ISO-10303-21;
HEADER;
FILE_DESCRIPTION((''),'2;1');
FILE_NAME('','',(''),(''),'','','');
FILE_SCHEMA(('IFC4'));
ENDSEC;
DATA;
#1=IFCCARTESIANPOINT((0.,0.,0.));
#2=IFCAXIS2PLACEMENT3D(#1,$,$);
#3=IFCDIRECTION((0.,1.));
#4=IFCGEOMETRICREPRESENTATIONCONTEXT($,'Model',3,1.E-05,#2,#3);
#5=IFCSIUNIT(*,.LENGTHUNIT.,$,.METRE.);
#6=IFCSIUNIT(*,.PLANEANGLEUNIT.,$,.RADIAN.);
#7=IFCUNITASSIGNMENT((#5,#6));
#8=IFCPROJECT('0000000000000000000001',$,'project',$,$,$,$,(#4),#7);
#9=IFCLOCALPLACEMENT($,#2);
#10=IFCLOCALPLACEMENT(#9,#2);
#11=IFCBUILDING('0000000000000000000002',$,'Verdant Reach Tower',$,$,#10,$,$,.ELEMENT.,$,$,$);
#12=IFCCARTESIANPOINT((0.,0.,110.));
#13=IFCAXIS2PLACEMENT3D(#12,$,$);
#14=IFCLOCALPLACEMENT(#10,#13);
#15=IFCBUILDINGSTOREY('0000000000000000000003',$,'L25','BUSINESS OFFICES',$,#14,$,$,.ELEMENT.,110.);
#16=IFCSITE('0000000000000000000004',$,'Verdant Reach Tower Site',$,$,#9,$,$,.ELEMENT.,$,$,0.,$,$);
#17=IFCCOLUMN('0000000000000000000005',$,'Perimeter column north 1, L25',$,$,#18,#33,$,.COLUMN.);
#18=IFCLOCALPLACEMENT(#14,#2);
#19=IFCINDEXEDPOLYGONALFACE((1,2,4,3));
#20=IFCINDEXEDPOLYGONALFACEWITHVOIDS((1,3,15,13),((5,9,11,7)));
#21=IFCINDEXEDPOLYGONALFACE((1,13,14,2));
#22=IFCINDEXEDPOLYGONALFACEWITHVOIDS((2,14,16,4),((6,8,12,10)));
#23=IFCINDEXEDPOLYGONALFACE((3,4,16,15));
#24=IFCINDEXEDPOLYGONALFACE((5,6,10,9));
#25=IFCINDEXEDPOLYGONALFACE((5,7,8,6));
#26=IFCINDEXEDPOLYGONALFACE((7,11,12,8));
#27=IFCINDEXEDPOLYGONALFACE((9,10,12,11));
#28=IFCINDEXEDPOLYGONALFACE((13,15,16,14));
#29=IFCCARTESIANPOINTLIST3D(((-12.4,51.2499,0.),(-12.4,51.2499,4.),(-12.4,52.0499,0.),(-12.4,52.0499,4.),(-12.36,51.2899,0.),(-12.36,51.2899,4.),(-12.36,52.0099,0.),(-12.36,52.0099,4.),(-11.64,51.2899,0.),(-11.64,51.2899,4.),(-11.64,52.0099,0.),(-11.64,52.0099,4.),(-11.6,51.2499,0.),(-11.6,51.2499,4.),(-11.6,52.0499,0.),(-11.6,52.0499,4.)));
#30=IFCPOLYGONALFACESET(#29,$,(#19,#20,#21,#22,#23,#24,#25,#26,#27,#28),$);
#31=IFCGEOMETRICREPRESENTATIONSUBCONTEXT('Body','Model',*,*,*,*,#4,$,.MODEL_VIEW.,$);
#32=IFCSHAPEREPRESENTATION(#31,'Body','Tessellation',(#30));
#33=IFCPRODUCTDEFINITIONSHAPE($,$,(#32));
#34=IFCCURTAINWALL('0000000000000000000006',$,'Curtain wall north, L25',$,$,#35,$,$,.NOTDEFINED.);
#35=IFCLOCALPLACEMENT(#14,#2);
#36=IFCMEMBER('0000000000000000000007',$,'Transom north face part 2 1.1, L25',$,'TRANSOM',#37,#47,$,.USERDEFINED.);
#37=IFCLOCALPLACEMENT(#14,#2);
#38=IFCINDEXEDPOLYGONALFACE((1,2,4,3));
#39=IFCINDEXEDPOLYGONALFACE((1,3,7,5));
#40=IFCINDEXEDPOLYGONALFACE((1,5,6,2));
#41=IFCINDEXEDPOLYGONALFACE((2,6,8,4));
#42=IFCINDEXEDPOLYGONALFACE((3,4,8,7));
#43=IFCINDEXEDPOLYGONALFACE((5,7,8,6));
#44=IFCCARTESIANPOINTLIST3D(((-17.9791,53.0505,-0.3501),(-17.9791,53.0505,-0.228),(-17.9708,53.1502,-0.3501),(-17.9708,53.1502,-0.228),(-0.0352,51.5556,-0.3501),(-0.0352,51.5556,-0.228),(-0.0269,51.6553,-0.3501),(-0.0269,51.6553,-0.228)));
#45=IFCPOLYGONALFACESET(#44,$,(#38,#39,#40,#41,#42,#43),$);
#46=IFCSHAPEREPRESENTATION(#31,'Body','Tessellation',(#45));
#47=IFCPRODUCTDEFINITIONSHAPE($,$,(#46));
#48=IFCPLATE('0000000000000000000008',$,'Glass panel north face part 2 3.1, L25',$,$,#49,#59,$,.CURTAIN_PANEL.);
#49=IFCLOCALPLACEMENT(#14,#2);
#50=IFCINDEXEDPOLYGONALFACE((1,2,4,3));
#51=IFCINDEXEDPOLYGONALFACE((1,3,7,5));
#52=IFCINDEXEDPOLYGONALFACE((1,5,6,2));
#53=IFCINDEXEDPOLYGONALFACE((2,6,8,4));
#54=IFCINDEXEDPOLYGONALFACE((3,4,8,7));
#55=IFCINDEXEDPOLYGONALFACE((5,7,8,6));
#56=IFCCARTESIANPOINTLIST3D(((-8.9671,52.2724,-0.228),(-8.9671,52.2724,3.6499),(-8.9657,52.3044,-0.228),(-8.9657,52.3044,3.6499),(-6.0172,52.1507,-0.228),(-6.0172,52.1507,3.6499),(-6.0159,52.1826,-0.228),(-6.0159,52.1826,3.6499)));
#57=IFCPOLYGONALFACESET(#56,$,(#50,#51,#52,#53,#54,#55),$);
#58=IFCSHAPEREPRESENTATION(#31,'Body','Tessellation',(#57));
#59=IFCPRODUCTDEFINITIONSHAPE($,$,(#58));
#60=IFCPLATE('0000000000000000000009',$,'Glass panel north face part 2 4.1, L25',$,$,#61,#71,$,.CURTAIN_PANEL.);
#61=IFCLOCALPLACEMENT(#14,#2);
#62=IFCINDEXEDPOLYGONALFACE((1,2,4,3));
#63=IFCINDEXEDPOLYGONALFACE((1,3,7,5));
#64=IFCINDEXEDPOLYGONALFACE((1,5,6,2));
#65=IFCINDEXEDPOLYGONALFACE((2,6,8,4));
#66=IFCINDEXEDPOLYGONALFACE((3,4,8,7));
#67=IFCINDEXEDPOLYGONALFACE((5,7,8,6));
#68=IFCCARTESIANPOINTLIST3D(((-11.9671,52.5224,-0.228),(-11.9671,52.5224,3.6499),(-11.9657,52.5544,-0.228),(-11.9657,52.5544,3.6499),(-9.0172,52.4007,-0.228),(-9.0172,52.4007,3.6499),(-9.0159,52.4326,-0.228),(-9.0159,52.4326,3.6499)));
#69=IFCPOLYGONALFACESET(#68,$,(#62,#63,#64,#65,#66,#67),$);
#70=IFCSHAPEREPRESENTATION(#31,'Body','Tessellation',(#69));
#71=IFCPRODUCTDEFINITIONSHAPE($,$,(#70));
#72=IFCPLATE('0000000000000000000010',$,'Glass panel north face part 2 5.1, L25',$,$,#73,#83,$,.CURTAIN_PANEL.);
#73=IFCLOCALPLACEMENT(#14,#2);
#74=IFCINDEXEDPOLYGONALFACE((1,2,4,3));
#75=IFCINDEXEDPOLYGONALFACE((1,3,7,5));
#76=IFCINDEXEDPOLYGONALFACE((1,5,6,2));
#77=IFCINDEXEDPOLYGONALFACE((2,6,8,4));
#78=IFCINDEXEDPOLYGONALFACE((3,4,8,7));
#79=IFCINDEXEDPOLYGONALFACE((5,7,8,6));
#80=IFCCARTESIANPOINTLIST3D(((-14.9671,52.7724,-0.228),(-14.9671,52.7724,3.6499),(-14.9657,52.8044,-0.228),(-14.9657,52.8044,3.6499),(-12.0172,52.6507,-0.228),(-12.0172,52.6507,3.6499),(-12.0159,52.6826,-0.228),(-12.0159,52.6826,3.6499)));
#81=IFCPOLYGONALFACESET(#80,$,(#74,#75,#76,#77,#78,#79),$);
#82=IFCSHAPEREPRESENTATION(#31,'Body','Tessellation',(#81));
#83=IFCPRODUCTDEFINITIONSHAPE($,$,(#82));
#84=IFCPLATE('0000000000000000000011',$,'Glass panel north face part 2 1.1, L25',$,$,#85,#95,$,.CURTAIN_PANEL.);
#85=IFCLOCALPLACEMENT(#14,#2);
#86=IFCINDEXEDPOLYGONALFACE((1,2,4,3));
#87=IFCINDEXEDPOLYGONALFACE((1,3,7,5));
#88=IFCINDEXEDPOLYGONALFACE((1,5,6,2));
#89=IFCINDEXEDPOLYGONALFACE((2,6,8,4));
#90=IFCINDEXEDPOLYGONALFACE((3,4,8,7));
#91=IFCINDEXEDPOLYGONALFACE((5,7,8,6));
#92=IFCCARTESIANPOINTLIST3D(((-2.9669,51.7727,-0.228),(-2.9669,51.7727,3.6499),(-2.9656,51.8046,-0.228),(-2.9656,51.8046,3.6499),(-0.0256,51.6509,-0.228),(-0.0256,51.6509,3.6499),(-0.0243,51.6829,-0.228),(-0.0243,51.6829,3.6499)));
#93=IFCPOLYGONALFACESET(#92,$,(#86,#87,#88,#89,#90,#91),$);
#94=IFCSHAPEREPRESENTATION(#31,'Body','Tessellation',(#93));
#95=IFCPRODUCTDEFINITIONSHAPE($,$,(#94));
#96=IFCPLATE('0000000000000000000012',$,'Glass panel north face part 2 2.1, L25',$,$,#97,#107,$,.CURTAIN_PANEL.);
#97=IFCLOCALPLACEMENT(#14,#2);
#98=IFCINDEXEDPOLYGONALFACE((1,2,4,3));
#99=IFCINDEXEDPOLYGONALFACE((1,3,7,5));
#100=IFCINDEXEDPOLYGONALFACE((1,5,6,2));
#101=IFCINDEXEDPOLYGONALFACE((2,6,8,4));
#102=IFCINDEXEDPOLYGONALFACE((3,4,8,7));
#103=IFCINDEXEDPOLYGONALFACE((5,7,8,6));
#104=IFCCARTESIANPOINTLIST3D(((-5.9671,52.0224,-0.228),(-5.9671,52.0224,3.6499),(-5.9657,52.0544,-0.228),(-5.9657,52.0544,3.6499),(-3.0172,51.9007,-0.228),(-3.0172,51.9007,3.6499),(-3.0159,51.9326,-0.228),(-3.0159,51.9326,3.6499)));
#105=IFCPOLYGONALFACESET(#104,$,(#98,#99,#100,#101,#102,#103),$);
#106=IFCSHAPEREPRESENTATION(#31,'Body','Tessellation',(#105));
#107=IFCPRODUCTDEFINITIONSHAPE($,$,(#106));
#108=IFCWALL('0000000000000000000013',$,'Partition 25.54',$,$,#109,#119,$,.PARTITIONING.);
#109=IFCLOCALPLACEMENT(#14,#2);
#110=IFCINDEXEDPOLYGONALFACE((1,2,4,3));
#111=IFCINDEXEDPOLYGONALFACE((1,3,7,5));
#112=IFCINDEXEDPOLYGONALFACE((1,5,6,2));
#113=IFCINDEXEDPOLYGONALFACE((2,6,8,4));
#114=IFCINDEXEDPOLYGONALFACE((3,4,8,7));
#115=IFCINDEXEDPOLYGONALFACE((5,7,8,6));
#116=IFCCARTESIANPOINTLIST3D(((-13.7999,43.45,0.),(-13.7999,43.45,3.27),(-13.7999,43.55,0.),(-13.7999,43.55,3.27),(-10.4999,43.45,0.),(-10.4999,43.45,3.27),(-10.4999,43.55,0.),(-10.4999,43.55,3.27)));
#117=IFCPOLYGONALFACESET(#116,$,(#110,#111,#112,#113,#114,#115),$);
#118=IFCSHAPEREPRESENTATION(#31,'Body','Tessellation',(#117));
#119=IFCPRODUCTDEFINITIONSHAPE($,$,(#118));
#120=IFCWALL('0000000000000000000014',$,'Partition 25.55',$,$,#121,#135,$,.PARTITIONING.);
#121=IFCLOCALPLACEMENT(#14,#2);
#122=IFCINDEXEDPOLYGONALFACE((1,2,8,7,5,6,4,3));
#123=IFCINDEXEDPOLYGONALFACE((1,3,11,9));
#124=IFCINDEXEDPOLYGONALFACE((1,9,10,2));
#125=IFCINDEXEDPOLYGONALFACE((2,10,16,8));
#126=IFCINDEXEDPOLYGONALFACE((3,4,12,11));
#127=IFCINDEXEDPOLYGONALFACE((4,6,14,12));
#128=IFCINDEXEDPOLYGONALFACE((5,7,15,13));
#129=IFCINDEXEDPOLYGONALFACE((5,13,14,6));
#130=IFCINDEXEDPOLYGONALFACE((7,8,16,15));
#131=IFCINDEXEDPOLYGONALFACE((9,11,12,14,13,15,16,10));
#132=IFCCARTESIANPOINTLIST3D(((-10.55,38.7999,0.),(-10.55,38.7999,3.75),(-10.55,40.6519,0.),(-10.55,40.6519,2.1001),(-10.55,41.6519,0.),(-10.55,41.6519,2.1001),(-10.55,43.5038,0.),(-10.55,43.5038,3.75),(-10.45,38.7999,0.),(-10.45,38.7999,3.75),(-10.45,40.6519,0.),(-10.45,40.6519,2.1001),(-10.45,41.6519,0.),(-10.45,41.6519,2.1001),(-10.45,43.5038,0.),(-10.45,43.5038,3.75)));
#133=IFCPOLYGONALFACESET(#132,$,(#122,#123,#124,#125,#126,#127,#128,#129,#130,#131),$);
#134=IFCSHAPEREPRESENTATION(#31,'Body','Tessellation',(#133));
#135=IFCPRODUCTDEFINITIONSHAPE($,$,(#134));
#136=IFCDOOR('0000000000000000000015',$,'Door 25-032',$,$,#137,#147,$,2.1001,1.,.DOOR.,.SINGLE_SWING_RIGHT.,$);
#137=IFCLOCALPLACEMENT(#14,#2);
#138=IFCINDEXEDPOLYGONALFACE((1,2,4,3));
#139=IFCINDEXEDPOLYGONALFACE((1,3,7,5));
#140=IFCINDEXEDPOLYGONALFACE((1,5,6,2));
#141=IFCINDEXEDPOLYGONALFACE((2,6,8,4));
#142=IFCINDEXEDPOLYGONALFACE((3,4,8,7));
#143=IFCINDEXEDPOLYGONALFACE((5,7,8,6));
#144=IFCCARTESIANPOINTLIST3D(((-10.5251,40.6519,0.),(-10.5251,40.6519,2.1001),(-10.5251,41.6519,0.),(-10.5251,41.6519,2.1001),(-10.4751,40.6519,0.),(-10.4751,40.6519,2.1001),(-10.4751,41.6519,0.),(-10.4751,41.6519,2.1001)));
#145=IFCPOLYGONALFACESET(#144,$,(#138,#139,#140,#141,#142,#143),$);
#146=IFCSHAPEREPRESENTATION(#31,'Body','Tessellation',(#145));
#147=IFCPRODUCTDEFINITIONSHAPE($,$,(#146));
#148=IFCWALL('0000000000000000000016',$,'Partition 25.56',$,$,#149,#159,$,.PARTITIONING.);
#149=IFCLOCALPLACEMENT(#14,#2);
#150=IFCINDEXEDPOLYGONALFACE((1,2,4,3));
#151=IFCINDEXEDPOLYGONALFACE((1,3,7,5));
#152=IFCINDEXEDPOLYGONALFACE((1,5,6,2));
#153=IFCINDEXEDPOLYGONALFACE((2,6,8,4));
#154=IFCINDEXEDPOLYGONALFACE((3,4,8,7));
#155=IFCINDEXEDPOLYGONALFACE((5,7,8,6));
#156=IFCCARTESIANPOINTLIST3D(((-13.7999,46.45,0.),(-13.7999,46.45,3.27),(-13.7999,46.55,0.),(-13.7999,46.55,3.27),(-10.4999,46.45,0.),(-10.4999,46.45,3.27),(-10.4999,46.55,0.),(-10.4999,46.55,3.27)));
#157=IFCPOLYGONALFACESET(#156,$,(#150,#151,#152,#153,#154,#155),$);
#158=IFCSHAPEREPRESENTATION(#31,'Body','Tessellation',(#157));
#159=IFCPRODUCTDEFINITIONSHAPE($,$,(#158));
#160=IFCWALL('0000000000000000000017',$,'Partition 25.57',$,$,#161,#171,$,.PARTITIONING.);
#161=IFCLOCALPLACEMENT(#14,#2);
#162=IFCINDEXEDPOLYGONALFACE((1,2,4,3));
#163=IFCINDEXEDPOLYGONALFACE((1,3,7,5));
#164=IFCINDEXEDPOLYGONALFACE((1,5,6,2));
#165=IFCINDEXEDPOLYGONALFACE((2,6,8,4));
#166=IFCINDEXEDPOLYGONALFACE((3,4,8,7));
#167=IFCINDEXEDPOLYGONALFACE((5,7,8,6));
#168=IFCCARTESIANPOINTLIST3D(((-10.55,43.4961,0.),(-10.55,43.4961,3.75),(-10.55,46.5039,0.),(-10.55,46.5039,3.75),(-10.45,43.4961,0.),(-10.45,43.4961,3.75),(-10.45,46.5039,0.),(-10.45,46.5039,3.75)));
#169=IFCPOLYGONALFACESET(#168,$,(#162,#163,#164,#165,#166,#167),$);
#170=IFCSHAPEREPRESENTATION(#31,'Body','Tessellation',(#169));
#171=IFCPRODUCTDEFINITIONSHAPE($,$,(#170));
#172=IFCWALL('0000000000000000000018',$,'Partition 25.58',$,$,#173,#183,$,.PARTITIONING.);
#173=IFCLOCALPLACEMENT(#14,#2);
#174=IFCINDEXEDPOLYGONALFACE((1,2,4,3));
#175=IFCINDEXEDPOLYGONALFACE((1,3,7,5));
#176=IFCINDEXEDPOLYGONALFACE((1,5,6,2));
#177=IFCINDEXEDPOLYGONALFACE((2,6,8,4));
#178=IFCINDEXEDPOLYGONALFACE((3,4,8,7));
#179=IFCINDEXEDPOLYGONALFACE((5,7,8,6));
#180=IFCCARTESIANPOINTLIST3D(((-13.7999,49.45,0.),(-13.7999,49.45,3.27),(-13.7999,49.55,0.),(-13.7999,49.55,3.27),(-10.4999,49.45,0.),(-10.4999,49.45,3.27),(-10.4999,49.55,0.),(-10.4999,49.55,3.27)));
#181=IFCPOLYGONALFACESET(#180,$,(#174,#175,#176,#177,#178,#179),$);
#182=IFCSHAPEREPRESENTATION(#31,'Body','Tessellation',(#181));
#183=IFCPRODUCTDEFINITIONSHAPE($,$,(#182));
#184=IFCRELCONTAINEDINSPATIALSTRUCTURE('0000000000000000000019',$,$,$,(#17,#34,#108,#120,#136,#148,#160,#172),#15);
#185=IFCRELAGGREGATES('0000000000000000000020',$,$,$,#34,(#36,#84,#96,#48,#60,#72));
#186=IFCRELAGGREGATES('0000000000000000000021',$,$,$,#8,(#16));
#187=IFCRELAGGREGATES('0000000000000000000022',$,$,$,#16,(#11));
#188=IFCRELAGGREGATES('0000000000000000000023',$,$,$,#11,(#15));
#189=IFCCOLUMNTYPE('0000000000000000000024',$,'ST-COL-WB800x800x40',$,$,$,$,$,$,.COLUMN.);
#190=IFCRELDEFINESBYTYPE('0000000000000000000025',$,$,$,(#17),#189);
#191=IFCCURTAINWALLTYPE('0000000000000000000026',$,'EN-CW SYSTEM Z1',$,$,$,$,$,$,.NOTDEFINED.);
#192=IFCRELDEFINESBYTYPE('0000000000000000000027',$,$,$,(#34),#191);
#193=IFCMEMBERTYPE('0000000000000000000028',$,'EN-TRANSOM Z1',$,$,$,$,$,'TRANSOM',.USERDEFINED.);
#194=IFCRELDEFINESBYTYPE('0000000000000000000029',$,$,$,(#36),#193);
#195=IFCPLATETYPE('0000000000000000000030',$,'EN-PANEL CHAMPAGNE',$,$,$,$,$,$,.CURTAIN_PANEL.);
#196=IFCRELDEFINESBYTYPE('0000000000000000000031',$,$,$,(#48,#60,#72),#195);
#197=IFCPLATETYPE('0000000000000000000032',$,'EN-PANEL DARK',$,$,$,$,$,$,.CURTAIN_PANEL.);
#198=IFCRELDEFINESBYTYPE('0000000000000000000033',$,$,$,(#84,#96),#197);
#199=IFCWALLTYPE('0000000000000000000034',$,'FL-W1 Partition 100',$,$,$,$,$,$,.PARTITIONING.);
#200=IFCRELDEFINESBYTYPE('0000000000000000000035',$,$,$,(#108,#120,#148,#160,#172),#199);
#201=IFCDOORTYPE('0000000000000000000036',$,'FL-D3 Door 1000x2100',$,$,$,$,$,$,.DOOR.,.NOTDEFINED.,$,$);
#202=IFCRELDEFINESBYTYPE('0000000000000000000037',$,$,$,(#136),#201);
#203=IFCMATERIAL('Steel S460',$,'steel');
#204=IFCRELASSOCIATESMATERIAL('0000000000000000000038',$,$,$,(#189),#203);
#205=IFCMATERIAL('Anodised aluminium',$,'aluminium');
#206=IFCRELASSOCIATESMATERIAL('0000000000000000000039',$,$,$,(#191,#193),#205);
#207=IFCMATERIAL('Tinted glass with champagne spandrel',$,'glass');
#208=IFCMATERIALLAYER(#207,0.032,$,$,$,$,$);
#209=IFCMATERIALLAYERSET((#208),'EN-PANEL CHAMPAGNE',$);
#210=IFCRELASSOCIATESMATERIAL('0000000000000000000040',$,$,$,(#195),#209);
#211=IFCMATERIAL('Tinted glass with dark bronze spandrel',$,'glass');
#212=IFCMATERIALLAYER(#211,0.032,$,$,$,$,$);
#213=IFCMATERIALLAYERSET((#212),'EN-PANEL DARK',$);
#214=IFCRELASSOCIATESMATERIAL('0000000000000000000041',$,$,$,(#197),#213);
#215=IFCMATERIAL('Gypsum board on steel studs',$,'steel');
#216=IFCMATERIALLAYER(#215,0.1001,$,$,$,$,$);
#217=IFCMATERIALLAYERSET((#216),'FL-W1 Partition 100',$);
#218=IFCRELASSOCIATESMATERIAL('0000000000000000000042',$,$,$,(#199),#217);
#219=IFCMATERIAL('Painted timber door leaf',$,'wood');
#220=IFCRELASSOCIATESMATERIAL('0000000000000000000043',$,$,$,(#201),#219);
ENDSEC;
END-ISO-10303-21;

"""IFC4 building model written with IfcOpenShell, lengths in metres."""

from ifc_helpers import new_model, si_unit, direction, frame, frame_2d, origin, origin_2d, place, context, subcontext, project, spatial, rectangle, hollow_rectangle, extrude, material, layer, layer_set, material_profile, profile_set, type_object, element, fill, aggregate, save


model = new_model("IFC4")

# Units and contexts
model_context = context("Model", 3, precision=1e-05, world=origin(), true_north=direction((0.0, 1.0)))
body_context = subcontext(model_context, "Body", "Model", "MODEL_VIEW")
ifc_project = project(units=[si_unit("LENGTHUNIT", "METRE"), si_unit("PLANEANGLEUNIT", "RADIAN")], contexts=[model_context])

# Site, building, storey
site_placement = place(None, origin())
site = spatial("IfcSite", under=ifc_project, at=site_placement, Name="Verdant Reach Tower Site", CompositionType="ELEMENT", RefElevation=0.0)
building_placement = place(site_placement, origin())
building = spatial("IfcBuilding", under=site, at=building_placement, Name="Verdant Reach Tower", CompositionType="ELEMENT")
storey_placement = place(building_placement, frame((0.0, 0.0, 110.0)))
storey = spatial("IfcBuildingStorey", under=building, at=storey_placement, Name="L25", Description="BUSINESS OFFICES", CompositionType="ELEMENT", Elevation=110.0)

# Column
ifc_material_1 = material(Name="Steel S460", Category="steel")
ifc_material_profile_1 = material_profile(ifc_material_1, hollow_rectangle(XDim=0.8, YDim=0.8, WallThickness=0.04, at=origin_2d()), Name="WB 800x800x40")
ifc_profile_set_1 = profile_set([ifc_material_profile_1], Name="Steel S460")
column_type = type_object("IfcColumnType", Name="ST-COL-WB800x800x40", PredefinedType="COLUMN", material=ifc_profile_set_1)
column_placement = place(storey_placement, frame((-12.0, 51.6499, 0.0), z_axis=(0.0, 0.0, 1.0), x_axis=(1.0, 0.0, 0.0)))
element("IfcColumn", 1, at=column_placement, inside=storey, type_object=column_type, Name="Perimeter column north 1, L25", PredefinedType="COLUMN", context=body_context, shape_type="SweptSolid", body=[
    extrude(hollow_rectangle(XDim=0.8, YDim=0.8, WallThickness=0.04, at=origin_2d()), origin(), (0.0, 0.0, 1.0), 4.0),
])

# Curtain wall, member, plates
ifc_material_2 = material(Name="Anodised aluminium", Category="aluminium")
curtain_wall_type = type_object("IfcCurtainWallType", Name="EN-CW SYSTEM Z1", PredefinedType="NOTDEFINED", material=ifc_material_2)
curtain_wall_placement = place(storey_placement, origin())
curtain_wall = element("IfcCurtainWall", 2, at=curtain_wall_placement, inside=storey, type_object=curtain_wall_type, Name="Curtain wall north, L25", PredefinedType="NOTDEFINED")
ifc_material_profile_2 = material_profile(ifc_material_2, rectangle(XDim=0.1001, YDim=0.1221, at=origin_2d()), Name="Transom 122x100")
ifc_profile_set_2 = profile_set([ifc_material_profile_2], Name="Anodised aluminium")
member_type = type_object("IfcMemberType", Name="EN-TRANSOM Z1", ElementType="TRANSOM", PredefinedType="USERDEFINED", material=ifc_profile_set_2)
member_placement = place(storey_placement, frame((-0.031, 51.6055, -0.2891), z_axis=(-0.996548, 0.083021, 0.0), x_axis=(-0.083021, -0.996548, 0.0)))
member = element("IfcMember", 3, at=member_placement, type_object=member_type, Name="Transom north face part 2 1.1, L25", ObjectType="TRANSOM", PredefinedType="USERDEFINED", context=body_context, shape_type="SweptSolid", body=[
    extrude(rectangle(XDim=0.1001, YDim=0.1221, at=origin_2d()), origin(), (0.0, 0.0, 1.0), 18.0061),
])
ifc_material_3 = material(Name="Tinted glass with champagne spandrel", Category="glass")
ifc_layer_1 = layer(ifc_material_3, 0.032)
ifc_layer_set_1 = layer_set([ifc_layer_1], Name="EN-PANEL CHAMPAGNE")
plate_type_1 = type_object("IfcPlateType", Name="EN-PANEL CHAMPAGNE", PredefinedType="CURTAIN_PANEL", material=ifc_layer_set_1)
plate_1_placement = place(storey_placement, frame((-7.4915, 52.2275, -0.228), z_axis=(0.0, 0.0, 1.0), x_axis=(-0.999149, 0.041242, 0.0)))
plate_1 = element("IfcPlate", 4, at=plate_1_placement, type_object=plate_type_1, Name="Glass panel north face part 2 3.1, L25", PredefinedType="CURTAIN_PANEL", context=body_context, shape_type="SweptSolid", body=[
    extrude(rectangle(XDim=2.9524, YDim=0.032, at=origin_2d()), origin(), (0.0, 0.0, 1.0), 3.8779),
])
plate_2_placement = place(storey_placement, frame((-10.4915, 52.4775, -0.228), z_axis=(0.0, 0.0, 1.0), x_axis=(-0.999149, 0.041242, 0.0)))
plate_2 = element("IfcPlate", 5, at=plate_2_placement, type_object=plate_type_1, Name="Glass panel north face part 2 4.1, L25", PredefinedType="CURTAIN_PANEL", context=body_context, shape_type="SweptSolid", body=[
    extrude(rectangle(XDim=2.9524, YDim=0.032, at=origin_2d()), origin(), (0.0, 0.0, 1.0), 3.8779),
])
plate_3_placement = place(storey_placement, frame((-13.4915, 52.7275, -0.228), z_axis=(0.0, 0.0, 1.0), x_axis=(-0.999149, 0.041242, 0.0)))
plate_3 = element("IfcPlate", 6, at=plate_3_placement, type_object=plate_type_1, Name="Glass panel north face part 2 5.1, L25", PredefinedType="CURTAIN_PANEL", context=body_context, shape_type="SweptSolid", body=[
    extrude(rectangle(XDim=2.9524, YDim=0.032, at=origin_2d()), origin(), (0.0, 0.0, 1.0), 3.8779),
])
ifc_material_4 = material(Name="Tinted glass with dark bronze spandrel", Category="glass")
ifc_layer_2 = layer(ifc_material_4, 0.032)
ifc_layer_set_2 = layer_set([ifc_layer_2], Name="EN-PANEL DARK")
plate_type_2 = type_object("IfcPlateType", Name="EN-PANEL DARK", PredefinedType="CURTAIN_PANEL", material=ifc_layer_set_2)
plate_4_placement = place(storey_placement, frame((-1.4956, 51.7278, -0.228), z_axis=(0.0, 0.0, 1.0), x_axis=(-0.999144, 0.04136, 0.0)))
plate_4 = element("IfcPlate", 7, at=plate_4_placement, type_object=plate_type_2, Name="Glass panel north face part 2 1.1, L25", PredefinedType="CURTAIN_PANEL", context=body_context, shape_type="SweptSolid", body=[
    extrude(rectangle(XDim=2.9438, YDim=0.032, at=origin_2d()), origin(), (0.0, 0.0, 1.0), 3.8779),
])
plate_5_placement = place(storey_placement, frame((-4.4915, 51.9775, -0.228), z_axis=(0.0, 0.0, 1.0), x_axis=(-0.999149, 0.041242, 0.0)))
plate_5 = element("IfcPlate", 8, at=plate_5_placement, type_object=plate_type_2, Name="Glass panel north face part 2 2.1, L25", PredefinedType="CURTAIN_PANEL", context=body_context, shape_type="SweptSolid", body=[
    extrude(rectangle(XDim=2.9524, YDim=0.032, at=origin_2d()), origin(), (0.0, 0.0, 1.0), 3.8779),
])
aggregate(curtain_wall, [member, plate_4, plate_5, plate_1, plate_2, plate_3])

# Wall
ifc_material_5 = material(Name="Gypsum board on steel studs", Category="steel")
ifc_layer_3 = layer(ifc_material_5, 0.1001)
ifc_layer_set_3 = layer_set([ifc_layer_3], Name="FL-W1 Partition 100")
wall_type = type_object("IfcWallType", Name="FL-W1 Partition 100", PredefinedType="PARTITIONING", material=ifc_layer_set_3)
wall_1_placement = place(storey_placement, frame((-10.5, 43.5, 0.0), z_axis=(0.0, 0.0, 1.0), x_axis=(-1.0, 0.0, 0.0)))
element("IfcWall", 9, at=wall_1_placement, inside=storey, type_object=wall_type, Name="Partition 25.54", PredefinedType="PARTITIONING", context=body_context, shape_type="SweptSolid", body=[
    extrude(rectangle(XDim=3.3, YDim=0.1001, at=frame_2d((1.6499, 0.0))), origin(), (0.0, 0.0, 1.0), 3.27),
])

# Wall, opening, door
wall_2_placement = place(storey_placement, frame((-10.5, 43.5039, 0.0), z_axis=(0.0, 0.0, 1.0), x_axis=(0.0, -1.0, 0.0)))
wall_2 = element("IfcWall", 10, at=wall_2_placement, inside=storey, type_object=wall_type, Name="Partition 25.55", PredefinedType="PARTITIONING", context=body_context, shape_type="SweptSolid", body=[
    extrude(rectangle(XDim=4.7039, YDim=0.1001, at=frame_2d((2.3521, 0.0))), origin(), (0.0, 0.0, 1.0), 3.75),
])
opening_1_placement = place(wall_2_placement, frame((1.8521, 0.0, 0.0)))
opening_1 = element("IfcOpeningElement", 11, at=opening_1_placement, cuts=wall_2, PredefinedType="OPENING", context=body_context, shape_type="SweptSolid", body=[
    extrude(rectangle(XDim=1.0, YDim=2.1001, at=frame_2d((0.5, 1.05))), frame((0.0, 0.0601, 0.0), z_axis=(0.0, -1.0, 0.0), x_axis=(1.0, 0.0, 0.0)), (0.0, 0.0, 1.0), 0.1201),
])
ifc_material_6 = material(Name="Painted timber door leaf", Category="wood")
door_type = type_object("IfcDoorType", Name="FL-D3 Door 1000x2100", OperationType="NOTDEFINED", PredefinedType="DOOR", material=ifc_material_6)
door_1_placement = place(opening_1_placement, origin())
door_1 = element("IfcDoor", 12, at=door_1_placement, inside=storey, type_object=door_type, Name="Door 25-032", OperationType="SINGLE_SWING_RIGHT", OverallHeight=2.1001, OverallWidth=1.0, PredefinedType="DOOR", context=body_context, shape_type="SweptSolid", body=[
    extrude(rectangle(XDim=1.0, YDim=2.1001, at=frame_2d((0.5, 1.05))), frame((0.0, 0.0249, 0.0), z_axis=(0.0, -1.0, 0.0), x_axis=(1.0, 0.0, 0.0)), (0.0, 0.0, 1.0), 0.05),
])
fill(opening_1, door_1)

# Walls
wall_3_placement = place(storey_placement, frame((-10.5, 46.5, 0.0), z_axis=(0.0, 0.0, 1.0), x_axis=(-1.0, 0.0, 0.0)))
element("IfcWall", 13, at=wall_3_placement, inside=storey, type_object=wall_type, Name="Partition 25.56", PredefinedType="PARTITIONING", context=body_context, shape_type="SweptSolid", body=[
    extrude(rectangle(XDim=3.3, YDim=0.1001, at=frame_2d((1.6499, 0.0))), origin(), (0.0, 0.0, 1.0), 3.27),
])
wall_4_placement = place(storey_placement, frame((-10.5, 43.4961, 0.0), z_axis=(0.0, 0.0, 1.0), x_axis=(0.0, 1.0, 0.0)))
element("IfcWall", 14, at=wall_4_placement, inside=storey, type_object=wall_type, Name="Partition 25.57", PredefinedType="PARTITIONING", context=body_context, shape_type="SweptSolid", body=[
    extrude(rectangle(XDim=3.0078, YDim=0.1001, at=frame_2d((1.5039, 0.0))), origin(), (0.0, 0.0, 1.0), 3.75),
])
wall_5_placement = place(storey_placement, frame((-10.5, 49.5, 0.0), z_axis=(0.0, 0.0, 1.0), x_axis=(-1.0, 0.0, 0.0)))
element("IfcWall", 15, at=wall_5_placement, inside=storey, type_object=wall_type, Name="Partition 25.58", PredefinedType="PARTITIONING", context=body_context, shape_type="SweptSolid", body=[
    extrude(rectangle(XDim=3.3, YDim=0.1001, at=frame_2d((1.6499, 0.0))), origin(), (0.0, 0.0, 1.0), 3.27),
])

save(model, "model.ifc")
